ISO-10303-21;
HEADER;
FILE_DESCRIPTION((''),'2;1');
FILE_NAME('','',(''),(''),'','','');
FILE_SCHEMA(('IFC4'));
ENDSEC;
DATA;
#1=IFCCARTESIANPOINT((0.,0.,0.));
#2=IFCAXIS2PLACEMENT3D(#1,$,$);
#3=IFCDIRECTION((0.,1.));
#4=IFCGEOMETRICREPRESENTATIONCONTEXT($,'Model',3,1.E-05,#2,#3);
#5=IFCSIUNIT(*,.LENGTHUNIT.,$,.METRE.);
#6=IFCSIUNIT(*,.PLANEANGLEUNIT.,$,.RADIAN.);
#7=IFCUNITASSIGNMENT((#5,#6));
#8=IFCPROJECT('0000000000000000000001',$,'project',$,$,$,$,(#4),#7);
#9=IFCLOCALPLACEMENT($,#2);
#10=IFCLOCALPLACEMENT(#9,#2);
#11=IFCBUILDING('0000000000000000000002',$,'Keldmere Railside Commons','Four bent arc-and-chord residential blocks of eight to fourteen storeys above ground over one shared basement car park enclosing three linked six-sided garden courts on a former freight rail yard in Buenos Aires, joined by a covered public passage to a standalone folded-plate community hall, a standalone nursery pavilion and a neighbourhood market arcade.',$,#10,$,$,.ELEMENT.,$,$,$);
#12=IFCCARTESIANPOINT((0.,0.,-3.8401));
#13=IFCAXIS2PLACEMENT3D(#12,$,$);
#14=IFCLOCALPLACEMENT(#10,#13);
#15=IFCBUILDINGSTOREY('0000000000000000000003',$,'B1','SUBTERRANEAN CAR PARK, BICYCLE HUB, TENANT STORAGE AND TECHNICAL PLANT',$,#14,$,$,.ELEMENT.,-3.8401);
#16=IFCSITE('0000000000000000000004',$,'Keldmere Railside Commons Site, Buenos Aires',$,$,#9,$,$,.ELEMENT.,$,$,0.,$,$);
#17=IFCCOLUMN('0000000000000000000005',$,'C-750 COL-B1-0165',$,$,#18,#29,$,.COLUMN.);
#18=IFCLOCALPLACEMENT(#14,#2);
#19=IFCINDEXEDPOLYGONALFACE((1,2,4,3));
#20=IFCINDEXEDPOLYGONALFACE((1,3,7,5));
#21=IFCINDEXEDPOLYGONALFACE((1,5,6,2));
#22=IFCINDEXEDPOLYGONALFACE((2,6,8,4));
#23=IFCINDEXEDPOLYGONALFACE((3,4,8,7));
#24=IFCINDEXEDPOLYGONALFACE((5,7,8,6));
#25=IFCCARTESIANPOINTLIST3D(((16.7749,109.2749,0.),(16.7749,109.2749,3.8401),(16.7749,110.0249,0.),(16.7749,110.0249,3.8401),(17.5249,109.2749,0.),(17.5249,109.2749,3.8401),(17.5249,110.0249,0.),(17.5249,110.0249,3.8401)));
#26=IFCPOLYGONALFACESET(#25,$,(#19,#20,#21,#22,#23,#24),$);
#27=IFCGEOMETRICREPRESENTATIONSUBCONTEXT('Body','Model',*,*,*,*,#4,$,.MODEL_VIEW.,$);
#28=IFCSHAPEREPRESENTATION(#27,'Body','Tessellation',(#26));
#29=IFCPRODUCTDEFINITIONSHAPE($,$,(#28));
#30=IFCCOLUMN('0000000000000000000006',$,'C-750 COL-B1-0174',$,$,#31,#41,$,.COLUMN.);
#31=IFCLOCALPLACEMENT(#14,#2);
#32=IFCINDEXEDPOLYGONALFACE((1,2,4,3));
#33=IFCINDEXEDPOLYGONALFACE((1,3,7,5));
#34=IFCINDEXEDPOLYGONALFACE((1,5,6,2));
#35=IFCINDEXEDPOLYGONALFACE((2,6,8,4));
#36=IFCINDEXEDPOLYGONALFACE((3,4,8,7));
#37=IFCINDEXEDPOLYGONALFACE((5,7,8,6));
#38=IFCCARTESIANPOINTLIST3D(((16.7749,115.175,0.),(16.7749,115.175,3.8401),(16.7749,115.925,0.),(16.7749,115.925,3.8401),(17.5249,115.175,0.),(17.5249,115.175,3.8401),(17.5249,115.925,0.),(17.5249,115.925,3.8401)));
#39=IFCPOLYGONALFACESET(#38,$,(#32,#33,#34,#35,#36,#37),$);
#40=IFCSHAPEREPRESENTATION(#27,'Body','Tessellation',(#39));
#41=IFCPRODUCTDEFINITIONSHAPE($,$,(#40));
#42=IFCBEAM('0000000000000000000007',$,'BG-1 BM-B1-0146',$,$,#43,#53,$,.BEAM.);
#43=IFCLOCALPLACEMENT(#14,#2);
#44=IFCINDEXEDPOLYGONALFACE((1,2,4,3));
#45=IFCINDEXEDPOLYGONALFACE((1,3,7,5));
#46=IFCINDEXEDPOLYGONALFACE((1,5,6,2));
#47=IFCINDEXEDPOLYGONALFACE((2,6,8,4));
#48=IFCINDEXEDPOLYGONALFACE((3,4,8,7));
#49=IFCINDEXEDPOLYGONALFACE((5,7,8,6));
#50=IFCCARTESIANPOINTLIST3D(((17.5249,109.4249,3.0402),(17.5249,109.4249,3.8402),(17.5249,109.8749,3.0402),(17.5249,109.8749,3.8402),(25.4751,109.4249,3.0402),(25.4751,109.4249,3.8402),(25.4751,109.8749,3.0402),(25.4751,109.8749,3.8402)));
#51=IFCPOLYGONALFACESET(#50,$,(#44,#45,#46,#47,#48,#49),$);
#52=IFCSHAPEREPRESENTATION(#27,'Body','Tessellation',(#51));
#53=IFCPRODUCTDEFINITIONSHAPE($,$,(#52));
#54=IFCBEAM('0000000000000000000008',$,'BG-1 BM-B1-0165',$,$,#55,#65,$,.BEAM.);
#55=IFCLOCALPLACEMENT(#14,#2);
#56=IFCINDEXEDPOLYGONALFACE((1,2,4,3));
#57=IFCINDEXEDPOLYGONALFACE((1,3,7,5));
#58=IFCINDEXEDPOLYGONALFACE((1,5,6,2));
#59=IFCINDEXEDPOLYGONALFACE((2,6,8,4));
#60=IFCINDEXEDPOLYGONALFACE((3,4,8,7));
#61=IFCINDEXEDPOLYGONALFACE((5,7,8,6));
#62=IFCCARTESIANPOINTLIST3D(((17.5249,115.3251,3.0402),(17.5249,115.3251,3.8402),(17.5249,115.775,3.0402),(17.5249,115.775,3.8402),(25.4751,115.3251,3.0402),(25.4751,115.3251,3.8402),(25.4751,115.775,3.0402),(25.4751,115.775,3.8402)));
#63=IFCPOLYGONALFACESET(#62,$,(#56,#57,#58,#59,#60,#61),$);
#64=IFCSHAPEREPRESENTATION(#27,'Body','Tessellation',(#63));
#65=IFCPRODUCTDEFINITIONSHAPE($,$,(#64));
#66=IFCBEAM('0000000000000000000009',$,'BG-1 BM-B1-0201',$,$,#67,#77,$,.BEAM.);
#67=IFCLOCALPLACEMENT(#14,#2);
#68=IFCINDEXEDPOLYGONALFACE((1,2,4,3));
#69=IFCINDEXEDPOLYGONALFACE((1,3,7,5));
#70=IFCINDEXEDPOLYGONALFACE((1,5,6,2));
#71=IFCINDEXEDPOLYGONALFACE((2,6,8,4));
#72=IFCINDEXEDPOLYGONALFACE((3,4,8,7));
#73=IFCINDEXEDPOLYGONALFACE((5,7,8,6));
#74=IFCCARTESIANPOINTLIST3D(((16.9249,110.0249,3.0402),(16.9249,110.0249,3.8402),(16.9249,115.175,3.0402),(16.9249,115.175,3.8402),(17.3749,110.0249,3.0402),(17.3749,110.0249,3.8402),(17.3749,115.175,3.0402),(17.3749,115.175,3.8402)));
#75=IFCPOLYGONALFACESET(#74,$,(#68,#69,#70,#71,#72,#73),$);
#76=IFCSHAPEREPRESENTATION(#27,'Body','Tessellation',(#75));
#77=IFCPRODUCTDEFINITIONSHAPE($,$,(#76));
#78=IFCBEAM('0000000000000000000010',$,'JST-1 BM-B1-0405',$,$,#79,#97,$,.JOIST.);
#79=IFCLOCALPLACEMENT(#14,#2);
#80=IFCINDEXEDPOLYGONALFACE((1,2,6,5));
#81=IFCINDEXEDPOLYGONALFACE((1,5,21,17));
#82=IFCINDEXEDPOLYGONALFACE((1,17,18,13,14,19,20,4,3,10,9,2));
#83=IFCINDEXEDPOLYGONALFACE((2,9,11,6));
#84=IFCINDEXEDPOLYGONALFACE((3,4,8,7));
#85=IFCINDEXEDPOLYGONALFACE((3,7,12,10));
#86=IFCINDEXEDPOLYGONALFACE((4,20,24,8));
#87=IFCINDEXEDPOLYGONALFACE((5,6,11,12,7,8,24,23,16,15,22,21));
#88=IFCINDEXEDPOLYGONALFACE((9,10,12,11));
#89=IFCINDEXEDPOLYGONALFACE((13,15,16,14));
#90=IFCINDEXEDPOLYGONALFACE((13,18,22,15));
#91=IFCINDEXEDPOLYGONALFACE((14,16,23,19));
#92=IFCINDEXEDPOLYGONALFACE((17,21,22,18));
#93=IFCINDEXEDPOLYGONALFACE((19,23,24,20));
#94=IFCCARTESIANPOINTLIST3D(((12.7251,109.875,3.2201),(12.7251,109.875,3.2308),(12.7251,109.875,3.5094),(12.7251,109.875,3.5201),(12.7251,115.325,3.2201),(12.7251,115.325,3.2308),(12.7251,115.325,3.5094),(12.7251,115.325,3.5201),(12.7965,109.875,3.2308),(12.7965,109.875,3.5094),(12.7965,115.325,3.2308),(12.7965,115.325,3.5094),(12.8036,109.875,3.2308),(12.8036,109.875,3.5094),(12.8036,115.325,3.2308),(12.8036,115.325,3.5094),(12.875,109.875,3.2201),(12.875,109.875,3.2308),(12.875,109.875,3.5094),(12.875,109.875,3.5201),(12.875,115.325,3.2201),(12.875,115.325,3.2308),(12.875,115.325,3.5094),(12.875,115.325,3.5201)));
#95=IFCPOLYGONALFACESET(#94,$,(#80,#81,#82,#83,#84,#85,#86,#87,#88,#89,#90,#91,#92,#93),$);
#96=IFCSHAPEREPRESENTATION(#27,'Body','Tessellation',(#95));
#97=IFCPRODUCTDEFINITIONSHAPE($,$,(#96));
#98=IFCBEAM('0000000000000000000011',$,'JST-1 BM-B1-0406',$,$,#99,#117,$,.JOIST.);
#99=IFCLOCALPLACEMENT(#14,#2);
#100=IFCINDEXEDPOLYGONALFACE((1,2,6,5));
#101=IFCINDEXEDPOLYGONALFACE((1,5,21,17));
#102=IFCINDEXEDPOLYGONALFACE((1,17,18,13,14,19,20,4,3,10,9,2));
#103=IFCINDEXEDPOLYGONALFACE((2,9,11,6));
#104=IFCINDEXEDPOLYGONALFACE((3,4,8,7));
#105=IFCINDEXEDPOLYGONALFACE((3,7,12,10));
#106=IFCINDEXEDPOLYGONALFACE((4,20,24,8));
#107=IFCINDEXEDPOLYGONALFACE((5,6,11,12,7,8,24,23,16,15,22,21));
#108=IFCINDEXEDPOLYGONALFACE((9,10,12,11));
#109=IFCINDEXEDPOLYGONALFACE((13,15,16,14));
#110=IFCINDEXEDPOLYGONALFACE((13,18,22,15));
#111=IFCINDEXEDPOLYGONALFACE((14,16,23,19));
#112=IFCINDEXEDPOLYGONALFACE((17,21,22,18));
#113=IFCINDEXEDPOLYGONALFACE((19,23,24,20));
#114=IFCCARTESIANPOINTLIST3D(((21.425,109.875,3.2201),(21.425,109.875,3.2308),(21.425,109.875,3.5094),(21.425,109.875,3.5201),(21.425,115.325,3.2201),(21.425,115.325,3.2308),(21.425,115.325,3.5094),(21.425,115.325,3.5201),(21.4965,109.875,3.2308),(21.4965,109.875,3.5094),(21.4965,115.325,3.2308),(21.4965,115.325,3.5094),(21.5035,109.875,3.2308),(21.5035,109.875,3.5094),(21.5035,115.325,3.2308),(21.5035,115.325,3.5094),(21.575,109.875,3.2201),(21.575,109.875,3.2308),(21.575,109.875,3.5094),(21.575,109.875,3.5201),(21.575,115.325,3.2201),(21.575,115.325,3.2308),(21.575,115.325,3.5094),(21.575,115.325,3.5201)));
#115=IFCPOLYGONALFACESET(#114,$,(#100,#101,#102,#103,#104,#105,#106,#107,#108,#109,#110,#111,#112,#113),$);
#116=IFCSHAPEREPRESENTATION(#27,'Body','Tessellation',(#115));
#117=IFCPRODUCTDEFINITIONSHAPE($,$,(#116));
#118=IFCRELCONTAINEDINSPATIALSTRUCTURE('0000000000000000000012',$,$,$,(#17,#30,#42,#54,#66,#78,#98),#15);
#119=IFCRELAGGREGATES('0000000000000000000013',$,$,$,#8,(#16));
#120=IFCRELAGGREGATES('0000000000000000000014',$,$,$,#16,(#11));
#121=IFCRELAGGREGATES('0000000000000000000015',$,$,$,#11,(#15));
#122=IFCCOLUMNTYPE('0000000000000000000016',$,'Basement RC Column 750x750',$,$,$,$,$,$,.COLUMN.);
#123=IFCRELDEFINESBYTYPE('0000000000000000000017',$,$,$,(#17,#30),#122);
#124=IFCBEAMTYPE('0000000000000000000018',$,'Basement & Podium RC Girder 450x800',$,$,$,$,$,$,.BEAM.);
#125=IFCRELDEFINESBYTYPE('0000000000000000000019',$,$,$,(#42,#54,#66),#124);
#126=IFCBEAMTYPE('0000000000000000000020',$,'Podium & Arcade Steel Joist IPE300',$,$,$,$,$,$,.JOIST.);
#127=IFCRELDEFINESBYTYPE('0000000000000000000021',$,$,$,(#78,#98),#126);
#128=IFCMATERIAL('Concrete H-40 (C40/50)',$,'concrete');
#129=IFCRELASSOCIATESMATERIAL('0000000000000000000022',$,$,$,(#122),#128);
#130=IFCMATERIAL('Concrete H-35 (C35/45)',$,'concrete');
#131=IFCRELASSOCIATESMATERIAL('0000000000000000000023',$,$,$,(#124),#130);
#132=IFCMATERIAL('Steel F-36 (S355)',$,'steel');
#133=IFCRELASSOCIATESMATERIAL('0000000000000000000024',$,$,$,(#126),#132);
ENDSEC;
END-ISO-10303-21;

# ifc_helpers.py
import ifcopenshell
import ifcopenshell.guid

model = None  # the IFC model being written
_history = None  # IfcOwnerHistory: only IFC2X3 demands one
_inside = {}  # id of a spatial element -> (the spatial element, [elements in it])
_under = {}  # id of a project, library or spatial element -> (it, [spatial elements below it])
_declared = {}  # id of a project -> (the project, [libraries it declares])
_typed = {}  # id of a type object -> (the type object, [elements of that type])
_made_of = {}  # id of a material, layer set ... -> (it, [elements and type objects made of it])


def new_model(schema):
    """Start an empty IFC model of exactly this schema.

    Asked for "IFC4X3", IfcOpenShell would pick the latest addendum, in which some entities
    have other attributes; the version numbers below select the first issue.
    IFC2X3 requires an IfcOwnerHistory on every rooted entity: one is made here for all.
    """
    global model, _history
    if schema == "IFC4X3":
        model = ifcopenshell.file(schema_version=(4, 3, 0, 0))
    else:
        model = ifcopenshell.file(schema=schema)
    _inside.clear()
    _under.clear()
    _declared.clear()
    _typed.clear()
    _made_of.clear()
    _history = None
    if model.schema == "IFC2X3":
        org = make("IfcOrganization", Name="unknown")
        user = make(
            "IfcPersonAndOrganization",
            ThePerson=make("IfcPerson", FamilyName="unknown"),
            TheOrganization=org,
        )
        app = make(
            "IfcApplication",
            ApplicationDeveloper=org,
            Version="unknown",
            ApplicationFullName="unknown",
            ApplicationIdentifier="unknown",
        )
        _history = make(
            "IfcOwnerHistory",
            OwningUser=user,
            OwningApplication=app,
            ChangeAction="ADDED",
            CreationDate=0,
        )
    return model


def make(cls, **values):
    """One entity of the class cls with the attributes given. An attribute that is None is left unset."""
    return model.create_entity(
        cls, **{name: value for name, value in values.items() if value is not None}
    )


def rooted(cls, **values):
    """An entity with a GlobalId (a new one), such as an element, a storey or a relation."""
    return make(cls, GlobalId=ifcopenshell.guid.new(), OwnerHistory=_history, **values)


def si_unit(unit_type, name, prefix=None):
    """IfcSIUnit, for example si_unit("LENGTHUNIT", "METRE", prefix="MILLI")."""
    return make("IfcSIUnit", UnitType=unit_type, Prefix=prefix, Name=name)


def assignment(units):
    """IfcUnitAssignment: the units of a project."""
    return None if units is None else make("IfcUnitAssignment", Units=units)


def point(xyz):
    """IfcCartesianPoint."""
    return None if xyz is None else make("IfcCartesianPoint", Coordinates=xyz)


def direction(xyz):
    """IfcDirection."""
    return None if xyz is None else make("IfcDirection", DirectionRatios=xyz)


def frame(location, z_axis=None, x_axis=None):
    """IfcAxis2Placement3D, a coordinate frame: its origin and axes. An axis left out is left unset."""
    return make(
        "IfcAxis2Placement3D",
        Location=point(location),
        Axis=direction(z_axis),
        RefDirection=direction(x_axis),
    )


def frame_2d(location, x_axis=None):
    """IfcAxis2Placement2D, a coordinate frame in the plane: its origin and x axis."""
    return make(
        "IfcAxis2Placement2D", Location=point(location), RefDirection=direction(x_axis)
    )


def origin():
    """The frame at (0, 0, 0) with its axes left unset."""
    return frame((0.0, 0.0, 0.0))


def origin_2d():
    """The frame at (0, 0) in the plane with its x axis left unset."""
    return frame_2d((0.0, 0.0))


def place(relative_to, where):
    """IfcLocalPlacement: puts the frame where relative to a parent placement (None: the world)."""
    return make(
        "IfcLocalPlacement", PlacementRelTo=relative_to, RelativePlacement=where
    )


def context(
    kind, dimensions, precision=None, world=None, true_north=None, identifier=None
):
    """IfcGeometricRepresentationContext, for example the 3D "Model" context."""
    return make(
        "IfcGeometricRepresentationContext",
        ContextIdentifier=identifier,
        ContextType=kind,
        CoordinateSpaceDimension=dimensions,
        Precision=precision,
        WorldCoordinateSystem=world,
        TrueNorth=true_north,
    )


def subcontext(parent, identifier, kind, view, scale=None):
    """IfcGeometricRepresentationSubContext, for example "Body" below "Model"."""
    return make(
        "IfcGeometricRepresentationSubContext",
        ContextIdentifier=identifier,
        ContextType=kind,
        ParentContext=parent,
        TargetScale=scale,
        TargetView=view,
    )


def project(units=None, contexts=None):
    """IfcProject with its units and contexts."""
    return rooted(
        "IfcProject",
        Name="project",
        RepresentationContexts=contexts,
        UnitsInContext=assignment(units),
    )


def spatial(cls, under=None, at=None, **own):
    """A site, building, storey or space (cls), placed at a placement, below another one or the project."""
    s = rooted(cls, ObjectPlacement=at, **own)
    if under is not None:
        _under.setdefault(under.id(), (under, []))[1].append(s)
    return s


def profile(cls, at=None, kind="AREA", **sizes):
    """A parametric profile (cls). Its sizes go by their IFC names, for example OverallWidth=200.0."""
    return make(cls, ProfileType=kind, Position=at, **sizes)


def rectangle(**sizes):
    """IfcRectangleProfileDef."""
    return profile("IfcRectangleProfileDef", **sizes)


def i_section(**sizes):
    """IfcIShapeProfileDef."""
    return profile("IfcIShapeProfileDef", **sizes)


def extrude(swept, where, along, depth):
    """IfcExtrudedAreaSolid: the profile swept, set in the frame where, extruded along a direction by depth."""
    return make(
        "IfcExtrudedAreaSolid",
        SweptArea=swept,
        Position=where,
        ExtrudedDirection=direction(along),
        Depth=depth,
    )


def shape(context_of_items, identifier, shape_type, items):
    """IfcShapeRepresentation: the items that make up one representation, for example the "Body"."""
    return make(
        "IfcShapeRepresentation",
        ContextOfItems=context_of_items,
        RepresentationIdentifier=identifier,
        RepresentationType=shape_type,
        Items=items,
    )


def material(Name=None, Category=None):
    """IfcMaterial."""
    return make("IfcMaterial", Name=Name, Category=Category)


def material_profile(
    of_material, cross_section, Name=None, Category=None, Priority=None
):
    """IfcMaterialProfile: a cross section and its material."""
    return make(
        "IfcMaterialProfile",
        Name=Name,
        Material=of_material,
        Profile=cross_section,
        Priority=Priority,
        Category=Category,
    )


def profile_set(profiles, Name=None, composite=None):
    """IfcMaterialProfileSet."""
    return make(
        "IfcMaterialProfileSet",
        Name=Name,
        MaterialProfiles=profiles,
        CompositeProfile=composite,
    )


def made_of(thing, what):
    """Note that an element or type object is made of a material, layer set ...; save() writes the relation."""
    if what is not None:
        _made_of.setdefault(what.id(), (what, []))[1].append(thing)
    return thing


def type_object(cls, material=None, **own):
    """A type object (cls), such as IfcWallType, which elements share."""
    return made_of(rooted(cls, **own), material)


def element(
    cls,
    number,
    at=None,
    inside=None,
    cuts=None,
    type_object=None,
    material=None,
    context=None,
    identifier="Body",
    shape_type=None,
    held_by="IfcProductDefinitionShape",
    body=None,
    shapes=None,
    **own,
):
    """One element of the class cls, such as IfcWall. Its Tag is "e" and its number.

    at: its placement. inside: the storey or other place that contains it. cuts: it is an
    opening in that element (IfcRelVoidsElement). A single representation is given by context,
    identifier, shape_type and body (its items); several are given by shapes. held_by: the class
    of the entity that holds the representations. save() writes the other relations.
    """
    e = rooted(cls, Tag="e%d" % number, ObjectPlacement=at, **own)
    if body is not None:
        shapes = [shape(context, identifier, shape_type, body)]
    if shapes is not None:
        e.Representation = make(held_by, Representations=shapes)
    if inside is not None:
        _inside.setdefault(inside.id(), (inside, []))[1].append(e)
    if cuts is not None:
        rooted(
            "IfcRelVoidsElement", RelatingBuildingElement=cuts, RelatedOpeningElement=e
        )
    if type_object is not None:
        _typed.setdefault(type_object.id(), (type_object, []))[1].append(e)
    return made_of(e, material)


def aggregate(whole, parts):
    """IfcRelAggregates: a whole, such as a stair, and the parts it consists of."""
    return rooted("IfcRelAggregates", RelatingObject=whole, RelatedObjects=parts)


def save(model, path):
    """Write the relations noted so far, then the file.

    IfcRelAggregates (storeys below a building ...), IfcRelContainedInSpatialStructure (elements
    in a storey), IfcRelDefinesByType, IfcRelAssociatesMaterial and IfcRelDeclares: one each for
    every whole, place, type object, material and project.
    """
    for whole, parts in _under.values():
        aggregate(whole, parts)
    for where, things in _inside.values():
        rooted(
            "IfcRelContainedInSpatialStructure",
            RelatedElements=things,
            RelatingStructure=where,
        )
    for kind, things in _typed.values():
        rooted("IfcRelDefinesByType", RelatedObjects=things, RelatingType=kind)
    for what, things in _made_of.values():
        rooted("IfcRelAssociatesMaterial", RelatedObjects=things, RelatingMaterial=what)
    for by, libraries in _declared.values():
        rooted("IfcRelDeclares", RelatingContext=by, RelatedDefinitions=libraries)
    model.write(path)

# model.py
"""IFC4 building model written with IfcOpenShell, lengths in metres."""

from ifc_helpers import new_model, si_unit, direction, frame, origin, origin_2d, place, context, subcontext, project, spatial, rectangle, i_section, extrude, material, material_profile, profile_set, type_object, element, save


model = new_model("IFC4")

# Units and contexts
model_context = context("Model", 3, precision=1e-05, world=origin(), true_north=direction((0.0, 1.0)))
body_context = subcontext(model_context, "Body", "Model", "MODEL_VIEW")
ifc_project = project(units=[si_unit("LENGTHUNIT", "METRE"), si_unit("PLANEANGLEUNIT", "RADIAN")], contexts=[model_context])

# Site, building, storey
site_placement = place(None, origin())
site = spatial("IfcSite", under=ifc_project, at=site_placement, Name="Keldmere Railside Commons Site, Buenos Aires", CompositionType="ELEMENT", RefElevation=0.0)
building_placement = place(site_placement, origin())
building = spatial("IfcBuilding", under=site, at=building_placement, Name="Keldmere Railside Commons", Description="Four bent arc-and-chord residential blocks of eight to fourteen storeys above ground over one shared basement car park enclosing three linked six-sided garden courts on a former freight rail yard in Buenos Aires, joined by a covered public passage to a standalone folded-plate community hall, a standalone nursery pavilion and a neighbourhood market arcade.", CompositionType="ELEMENT")
storey_placement = place(building_placement, frame((0.0, 0.0, -3.8401)))
storey = spatial("IfcBuildingStorey", under=building, at=storey_placement, Name="B1", Description="SUBTERRANEAN CAR PARK, BICYCLE HUB, TENANT STORAGE AND TECHNICAL PLANT", CompositionType="ELEMENT", Elevation=-3.8401)

# Shared definitions
ifc_material_1 = material(Name="Concrete H-40 (C40/50)", Category="concrete")

# Columns
ifc_material_profile_1 = material_profile(ifc_material_1, rectangle(XDim=0.75, YDim=0.75, at=origin_2d()), Name="RC-750x750")
ifc_profile_set_1 = profile_set([ifc_material_profile_1], Name="Concrete H-40 (C40/50)")
column_type = type_object("IfcColumnType", Name="Basement RC Column 750x750", PredefinedType="COLUMN", material=ifc_profile_set_1)
for number, where, z_axis, x_axis, name in (
    (1, (17.1499, 109.6499, 0.0), (0.0, 0.0, 1.0), (1.0, 0.0, 0.0), "C-750 COL-B1-0165"),
    (2, (17.1499, 115.55, 0.0), (0.0, 0.0, 1.0), (1.0, 0.0, 0.0), "C-750 COL-B1-0174"),
):
    element("IfcColumn", number, at=place(storey_placement, frame(where, z_axis=z_axis, x_axis=x_axis)), inside=storey, type_object=column_type, Name=name, PredefinedType="COLUMN", context=body_context, shape_type="SweptSolid", body=[
        extrude(rectangle(XDim=0.75, YDim=0.75, at=origin_2d()), origin(), (0.0, 0.0, 1.0), 3.8401),
    ])

# Beams
ifc_material_2 = material(Name="Concrete H-35 (C35/45)", Category="concrete")
ifc_material_profile_2 = material_profile(ifc_material_2, rectangle(XDim=0.45, YDim=0.8, at=origin_2d()), Name="RC-450x800")
ifc_profile_set_2 = profile_set([ifc_material_profile_2], Name="Concrete H-35 (C35/45)")
beam_type_1 = type_object("IfcBeamType", Name="Basement & Podium RC Girder 450x800", PredefinedType="BEAM", material=ifc_profile_set_2)
for number, where, z_axis, x_axis, name in (
    (3, (17.5249, 109.6499, 3.4402), (1.0, 0.0, 0.0), (0.0, 1.0, 0.0), "BG-1 BM-B1-0146"),
    (4, (17.5249, 115.55, 3.4402), (1.0, 0.0, 0.0), (0.0, 1.0, 0.0), "BG-1 BM-B1-0165"),
):
    element("IfcBeam", number, at=place(storey_placement, frame(where, z_axis=z_axis, x_axis=x_axis)), inside=storey, type_object=beam_type_1, Name=name, PredefinedType="BEAM", context=body_context, shape_type="SweptSolid", body=[
        extrude(rectangle(XDim=0.45, YDim=0.8, at=origin_2d()), origin(), (0.0, 0.0, 1.0), 7.9502),
    ])
beam_placement = place(storey_placement, frame((17.1499, 110.0249, 3.4402), z_axis=(0.0, 1.0, 0.0), x_axis=(-1.0, 0.0, 0.0)))
element("IfcBeam", 5, at=beam_placement, inside=storey, type_object=beam_type_1, Name="BG-1 BM-B1-0201", PredefinedType="BEAM", context=body_context, shape_type="SweptSolid", body=[
    extrude(rectangle(XDim=0.45, YDim=0.8, at=origin_2d()), origin(), (0.0, 0.0, 1.0), 5.1501),
])
ifc_material_3 = material(Name="Steel F-36 (S355)", Category="steel")
ifc_material_profile_3 = material_profile(ifc_material_3, i_section(OverallWidth=0.1499, OverallDepth=0.3, WebThickness=0.0071, FlangeThickness=0.0107, at=origin_2d()), Name="IPE-300")
ifc_profile_set_3 = profile_set([ifc_material_profile_3], Name="Steel F-36 (S355)")
beam_type_2 = type_object("IfcBeamType", Name="Podium & Arcade Steel Joist IPE300", PredefinedType="JOIST", material=ifc_profile_set_3)
for number, where, z_axis, x_axis, name in (
    (6, (12.8, 109.875, 3.3701), (0.0, 1.0, 0.0), (-1.0, 0.0, 0.0), "JST-1 BM-B1-0405"),
    (7, (21.5, 109.875, 3.3701), (0.0, 1.0, 0.0), (-1.0, 0.0, 0.0), "JST-1 BM-B1-0406"),
):
    element("IfcBeam", number, at=place(storey_placement, frame(where, z_axis=z_axis, x_axis=x_axis)), inside=storey, type_object=beam_type_2, Name=name, PredefinedType="JOIST", context=body_context, shape_type="SweptSolid", body=[
        extrude(i_section(OverallWidth=0.1499, OverallDepth=0.3, WebThickness=0.0071, FlangeThickness=0.0107, at=origin_2d()), origin(), (0.0, 0.0, 1.0), 5.45),
    ])

save(model, "model.ifc")
